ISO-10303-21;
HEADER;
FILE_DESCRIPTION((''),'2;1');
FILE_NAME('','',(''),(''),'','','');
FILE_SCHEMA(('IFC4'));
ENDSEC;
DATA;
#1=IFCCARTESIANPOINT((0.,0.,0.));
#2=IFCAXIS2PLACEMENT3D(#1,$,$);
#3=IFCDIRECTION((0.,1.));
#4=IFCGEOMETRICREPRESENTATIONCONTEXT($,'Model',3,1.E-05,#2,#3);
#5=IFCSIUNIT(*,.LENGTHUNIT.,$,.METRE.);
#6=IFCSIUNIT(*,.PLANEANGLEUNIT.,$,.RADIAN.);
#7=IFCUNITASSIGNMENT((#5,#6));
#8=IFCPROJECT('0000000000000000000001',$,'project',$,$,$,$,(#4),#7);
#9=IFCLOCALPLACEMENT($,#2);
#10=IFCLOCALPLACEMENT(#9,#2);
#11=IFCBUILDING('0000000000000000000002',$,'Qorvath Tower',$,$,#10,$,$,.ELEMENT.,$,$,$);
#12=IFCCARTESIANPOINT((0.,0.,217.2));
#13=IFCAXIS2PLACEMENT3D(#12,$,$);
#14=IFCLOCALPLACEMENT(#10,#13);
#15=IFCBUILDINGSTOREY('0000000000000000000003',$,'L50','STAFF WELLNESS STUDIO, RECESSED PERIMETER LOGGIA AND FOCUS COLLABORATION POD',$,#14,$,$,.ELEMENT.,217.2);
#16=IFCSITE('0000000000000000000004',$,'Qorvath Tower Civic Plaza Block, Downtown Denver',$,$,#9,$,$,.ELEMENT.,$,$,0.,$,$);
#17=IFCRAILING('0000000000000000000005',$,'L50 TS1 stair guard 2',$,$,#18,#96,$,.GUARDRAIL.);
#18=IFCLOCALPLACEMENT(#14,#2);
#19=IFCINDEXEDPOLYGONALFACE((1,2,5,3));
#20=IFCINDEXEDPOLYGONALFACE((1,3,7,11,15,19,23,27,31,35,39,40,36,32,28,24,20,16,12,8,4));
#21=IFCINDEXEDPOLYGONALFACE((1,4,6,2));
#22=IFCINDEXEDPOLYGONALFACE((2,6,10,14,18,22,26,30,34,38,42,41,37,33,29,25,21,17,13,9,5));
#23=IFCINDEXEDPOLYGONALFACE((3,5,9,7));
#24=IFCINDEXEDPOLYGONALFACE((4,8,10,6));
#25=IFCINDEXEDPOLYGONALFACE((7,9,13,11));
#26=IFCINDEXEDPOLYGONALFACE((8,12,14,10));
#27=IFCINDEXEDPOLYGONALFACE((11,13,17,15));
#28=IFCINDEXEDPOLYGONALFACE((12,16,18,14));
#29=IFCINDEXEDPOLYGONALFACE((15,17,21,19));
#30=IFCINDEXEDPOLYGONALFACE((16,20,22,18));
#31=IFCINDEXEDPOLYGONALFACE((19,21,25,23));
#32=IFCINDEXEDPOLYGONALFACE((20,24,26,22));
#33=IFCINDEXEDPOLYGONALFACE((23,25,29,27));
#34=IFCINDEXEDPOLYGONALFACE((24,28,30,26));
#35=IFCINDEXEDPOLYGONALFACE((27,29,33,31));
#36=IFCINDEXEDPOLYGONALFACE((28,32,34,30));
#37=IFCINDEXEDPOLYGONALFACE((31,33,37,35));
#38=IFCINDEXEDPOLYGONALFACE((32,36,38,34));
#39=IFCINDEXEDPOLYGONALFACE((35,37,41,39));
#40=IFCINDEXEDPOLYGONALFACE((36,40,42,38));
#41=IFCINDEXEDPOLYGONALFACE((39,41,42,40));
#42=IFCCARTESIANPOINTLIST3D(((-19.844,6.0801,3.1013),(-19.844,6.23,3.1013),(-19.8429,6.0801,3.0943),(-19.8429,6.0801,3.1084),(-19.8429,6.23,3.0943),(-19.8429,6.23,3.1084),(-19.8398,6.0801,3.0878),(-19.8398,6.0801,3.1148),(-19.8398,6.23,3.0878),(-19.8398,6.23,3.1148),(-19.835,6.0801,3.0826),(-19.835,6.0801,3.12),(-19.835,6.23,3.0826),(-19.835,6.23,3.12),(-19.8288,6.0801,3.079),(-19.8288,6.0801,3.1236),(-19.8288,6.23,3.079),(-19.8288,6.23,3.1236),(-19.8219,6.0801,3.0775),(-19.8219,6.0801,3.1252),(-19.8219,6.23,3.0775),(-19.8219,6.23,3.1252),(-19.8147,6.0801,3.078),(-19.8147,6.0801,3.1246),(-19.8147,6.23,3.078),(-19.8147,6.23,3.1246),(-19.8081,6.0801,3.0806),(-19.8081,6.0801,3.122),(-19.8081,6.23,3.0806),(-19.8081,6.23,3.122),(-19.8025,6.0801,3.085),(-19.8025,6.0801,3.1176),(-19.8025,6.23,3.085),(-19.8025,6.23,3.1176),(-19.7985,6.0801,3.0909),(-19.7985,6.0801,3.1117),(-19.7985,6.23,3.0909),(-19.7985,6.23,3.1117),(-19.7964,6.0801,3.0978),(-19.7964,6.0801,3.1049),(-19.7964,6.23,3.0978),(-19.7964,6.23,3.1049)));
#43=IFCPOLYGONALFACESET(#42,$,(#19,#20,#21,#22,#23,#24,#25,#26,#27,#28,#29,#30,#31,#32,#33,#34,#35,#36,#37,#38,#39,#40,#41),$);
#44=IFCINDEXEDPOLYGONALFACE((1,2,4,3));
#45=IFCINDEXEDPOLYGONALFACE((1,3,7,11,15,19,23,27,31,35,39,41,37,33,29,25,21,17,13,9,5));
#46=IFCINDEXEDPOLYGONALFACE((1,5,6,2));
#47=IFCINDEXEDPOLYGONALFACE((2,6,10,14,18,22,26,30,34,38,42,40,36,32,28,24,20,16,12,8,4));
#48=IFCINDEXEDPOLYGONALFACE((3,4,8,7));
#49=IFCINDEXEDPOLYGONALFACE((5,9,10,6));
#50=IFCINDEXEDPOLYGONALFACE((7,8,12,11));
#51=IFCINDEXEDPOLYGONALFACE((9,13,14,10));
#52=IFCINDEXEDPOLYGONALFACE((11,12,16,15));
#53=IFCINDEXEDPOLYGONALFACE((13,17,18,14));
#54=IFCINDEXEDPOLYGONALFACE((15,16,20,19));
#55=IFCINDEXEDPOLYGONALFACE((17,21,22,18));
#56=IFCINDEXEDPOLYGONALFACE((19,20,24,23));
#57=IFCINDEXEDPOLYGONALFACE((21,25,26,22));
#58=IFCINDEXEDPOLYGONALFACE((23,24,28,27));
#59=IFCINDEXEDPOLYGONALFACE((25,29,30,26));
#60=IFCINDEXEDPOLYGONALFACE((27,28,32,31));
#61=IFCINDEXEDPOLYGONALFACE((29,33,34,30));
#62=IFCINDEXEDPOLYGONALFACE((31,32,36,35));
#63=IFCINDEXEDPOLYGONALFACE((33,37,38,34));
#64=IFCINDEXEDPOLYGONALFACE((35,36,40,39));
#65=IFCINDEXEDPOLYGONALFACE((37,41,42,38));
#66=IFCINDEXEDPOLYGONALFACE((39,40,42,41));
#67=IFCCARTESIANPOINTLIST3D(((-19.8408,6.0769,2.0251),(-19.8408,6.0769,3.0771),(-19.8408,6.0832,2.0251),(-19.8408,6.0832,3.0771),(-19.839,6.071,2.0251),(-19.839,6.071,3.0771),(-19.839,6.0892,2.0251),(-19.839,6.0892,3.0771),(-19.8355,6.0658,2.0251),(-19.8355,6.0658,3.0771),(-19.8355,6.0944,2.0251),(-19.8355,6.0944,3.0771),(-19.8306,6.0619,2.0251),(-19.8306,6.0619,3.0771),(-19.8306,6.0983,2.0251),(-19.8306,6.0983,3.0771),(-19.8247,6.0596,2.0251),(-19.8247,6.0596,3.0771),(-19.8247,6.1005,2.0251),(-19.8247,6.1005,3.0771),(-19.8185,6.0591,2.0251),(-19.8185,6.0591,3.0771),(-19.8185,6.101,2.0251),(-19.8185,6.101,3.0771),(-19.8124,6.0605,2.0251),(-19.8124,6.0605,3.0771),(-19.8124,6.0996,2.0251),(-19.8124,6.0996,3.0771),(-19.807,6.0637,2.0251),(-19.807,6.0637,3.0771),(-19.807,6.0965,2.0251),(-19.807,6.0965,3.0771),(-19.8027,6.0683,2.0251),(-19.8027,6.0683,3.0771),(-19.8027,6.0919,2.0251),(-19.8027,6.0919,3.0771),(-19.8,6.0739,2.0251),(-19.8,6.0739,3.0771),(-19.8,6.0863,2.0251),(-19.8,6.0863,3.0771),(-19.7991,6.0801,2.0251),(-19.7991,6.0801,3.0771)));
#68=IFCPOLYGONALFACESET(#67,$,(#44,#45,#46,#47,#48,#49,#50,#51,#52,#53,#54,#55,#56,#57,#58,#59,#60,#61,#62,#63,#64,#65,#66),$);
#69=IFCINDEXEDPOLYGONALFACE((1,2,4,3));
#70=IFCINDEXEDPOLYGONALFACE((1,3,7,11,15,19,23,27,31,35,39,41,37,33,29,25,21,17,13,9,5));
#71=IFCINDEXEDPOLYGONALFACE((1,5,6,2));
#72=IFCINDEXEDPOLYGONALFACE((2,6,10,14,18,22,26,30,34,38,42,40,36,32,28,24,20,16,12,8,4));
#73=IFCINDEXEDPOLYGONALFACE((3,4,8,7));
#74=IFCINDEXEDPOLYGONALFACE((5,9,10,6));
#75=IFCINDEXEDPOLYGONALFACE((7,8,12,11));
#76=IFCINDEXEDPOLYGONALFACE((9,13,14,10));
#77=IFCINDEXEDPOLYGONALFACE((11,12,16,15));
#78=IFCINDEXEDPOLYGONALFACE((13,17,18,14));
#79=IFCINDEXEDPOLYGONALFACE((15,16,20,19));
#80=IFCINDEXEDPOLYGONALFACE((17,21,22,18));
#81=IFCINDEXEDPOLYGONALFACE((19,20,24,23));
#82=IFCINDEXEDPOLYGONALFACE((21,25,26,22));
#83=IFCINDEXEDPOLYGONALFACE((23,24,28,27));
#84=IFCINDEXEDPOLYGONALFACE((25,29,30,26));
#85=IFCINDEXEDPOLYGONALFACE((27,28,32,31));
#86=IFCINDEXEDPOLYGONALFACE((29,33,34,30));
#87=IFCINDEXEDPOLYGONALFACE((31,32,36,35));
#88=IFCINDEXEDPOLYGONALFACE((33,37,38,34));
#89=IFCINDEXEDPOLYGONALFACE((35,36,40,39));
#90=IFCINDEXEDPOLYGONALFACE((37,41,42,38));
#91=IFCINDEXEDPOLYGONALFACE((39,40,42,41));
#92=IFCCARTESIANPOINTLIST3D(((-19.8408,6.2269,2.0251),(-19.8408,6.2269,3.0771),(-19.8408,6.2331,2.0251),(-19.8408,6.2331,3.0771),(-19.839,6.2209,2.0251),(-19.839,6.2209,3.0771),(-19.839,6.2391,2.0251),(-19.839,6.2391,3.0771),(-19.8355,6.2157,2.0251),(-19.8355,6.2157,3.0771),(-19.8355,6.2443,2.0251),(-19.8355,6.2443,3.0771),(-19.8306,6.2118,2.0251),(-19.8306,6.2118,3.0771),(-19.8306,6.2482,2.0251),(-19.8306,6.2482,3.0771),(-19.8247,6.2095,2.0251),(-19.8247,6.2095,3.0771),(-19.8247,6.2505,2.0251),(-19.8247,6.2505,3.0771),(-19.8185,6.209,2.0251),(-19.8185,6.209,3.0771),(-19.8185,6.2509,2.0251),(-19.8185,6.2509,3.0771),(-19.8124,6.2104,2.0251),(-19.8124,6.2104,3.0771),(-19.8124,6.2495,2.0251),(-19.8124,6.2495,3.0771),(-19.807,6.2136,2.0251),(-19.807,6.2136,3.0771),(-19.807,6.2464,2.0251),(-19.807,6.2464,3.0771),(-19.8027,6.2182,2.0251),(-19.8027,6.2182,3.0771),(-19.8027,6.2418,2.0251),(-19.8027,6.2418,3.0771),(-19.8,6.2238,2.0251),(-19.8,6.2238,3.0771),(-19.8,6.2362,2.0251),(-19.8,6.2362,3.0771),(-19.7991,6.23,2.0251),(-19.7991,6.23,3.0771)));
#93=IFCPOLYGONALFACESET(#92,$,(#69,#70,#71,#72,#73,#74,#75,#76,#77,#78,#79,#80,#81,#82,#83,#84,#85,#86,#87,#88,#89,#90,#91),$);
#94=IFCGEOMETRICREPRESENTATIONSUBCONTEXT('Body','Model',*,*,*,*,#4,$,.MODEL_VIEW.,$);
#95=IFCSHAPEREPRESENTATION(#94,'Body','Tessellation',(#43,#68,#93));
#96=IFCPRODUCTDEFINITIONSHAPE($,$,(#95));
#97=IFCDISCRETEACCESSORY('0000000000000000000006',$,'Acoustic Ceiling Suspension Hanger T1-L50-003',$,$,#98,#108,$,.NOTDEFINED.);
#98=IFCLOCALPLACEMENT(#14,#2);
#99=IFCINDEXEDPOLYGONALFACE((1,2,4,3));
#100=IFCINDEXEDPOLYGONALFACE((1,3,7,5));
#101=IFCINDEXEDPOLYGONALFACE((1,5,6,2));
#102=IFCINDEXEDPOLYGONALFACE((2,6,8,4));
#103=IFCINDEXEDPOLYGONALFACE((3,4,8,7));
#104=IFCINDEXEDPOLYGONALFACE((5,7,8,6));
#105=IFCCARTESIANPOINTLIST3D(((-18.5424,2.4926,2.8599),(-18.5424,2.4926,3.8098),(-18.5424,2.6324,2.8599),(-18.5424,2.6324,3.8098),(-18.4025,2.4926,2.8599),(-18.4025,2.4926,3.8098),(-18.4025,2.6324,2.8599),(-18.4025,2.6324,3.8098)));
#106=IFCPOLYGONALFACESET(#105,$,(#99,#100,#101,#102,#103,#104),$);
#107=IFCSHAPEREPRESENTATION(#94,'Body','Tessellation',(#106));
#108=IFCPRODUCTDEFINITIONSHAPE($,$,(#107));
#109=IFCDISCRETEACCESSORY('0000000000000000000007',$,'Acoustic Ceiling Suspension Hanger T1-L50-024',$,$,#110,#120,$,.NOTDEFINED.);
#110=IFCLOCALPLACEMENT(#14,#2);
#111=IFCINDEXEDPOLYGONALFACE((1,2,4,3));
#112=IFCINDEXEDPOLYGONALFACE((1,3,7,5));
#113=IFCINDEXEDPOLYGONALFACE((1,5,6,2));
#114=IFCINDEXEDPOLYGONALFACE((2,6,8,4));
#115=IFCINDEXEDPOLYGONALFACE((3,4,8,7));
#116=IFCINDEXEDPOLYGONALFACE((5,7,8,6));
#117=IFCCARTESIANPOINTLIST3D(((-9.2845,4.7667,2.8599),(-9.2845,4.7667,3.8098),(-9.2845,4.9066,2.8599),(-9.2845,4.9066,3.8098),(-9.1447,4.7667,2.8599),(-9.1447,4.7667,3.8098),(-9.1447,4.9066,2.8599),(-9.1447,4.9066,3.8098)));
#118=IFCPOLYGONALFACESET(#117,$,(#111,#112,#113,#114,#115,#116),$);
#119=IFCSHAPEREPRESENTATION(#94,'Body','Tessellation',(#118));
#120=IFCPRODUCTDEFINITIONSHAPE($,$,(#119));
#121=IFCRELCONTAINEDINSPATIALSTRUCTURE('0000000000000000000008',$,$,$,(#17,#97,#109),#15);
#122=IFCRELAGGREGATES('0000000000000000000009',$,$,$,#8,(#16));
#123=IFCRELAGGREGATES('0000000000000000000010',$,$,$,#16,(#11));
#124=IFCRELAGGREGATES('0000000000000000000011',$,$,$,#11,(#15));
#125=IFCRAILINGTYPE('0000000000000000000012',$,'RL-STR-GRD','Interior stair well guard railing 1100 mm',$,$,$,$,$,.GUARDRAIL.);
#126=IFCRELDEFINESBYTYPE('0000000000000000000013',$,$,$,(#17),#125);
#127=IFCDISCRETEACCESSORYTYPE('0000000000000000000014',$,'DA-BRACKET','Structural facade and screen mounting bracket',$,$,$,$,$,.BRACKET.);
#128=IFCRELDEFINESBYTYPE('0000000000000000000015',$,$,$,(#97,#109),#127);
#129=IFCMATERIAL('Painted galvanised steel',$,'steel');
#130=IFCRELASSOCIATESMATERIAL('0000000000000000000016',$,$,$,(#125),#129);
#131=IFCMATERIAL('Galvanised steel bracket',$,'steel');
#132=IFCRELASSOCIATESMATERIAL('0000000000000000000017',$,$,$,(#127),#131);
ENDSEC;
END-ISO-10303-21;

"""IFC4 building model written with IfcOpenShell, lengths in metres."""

from ifc_helpers import new_model, si_unit, direction, frame, origin, origin_2d, place, context, subcontext, project, spatial, rectangle, circle, extrude, material, type_object, element, save


model = new_model("IFC4")

# Units and contexts
model_context = context("Model", 3, precision=1e-05, world=origin(), true_north=direction((0.0, 1.0)))
body_context = subcontext(model_context, "Body", "Model", "MODEL_VIEW")
ifc_project = project(units=[si_unit("LENGTHUNIT", "METRE"), si_unit("PLANEANGLEUNIT", "RADIAN")], contexts=[model_context])

# Site, building, storey
site_placement = place(None, origin())
site = spatial("IfcSite", under=ifc_project, at=site_placement, Name="Qorvath Tower Civic Plaza Block, Downtown Denver", CompositionType="ELEMENT", RefElevation=0.0)
building_placement = place(site_placement, origin())
building = spatial("IfcBuilding", under=site, at=building_placement, Name="Qorvath Tower", CompositionType="ELEMENT")
storey_placement = place(building_placement, frame((0.0, 0.0, 217.2)))
storey = spatial("IfcBuildingStorey", under=building, at=storey_placement, Name="L50", Description="STAFF WELLNESS STUDIO, RECESSED PERIMETER LOGGIA AND FOCUS COLLABORATION POD", CompositionType="ELEMENT", Elevation=217.2)

# Railing
ifc_material_1 = material(Name="Painted galvanised steel", Category="steel")
railing_type = type_object("IfcRailingType", Name="RL-STR-GRD", Description="Interior stair well guard railing 1100 mm", PredefinedType="GUARDRAIL", material=ifc_material_1)
railing_placement = place(storey_placement, frame((-19.8201, 6.0801, 2.0251)))
element("IfcRailing", 1, at=railing_placement, inside=storey, type_object=railing_type, Name="L50 TS1 stair guard 2", PredefinedType="GUARDRAIL", context=body_context, shape_type="SweptSolid", body=[
    extrude(circle(Radius=0.0239, at=origin_2d()), frame((0.0, 0.0, 1.0762), z_axis=(0.0, 1.0, 0.0), x_axis=(-1.0, 0.0, 0.0)), (0.0, 0.0, 1.0), 0.1499),
    extrude(circle(Radius=0.021, at=origin_2d()), origin(), (0.0, 0.0, 1.0), 1.052),
    extrude(circle(Radius=0.021, at=origin_2d()), frame((0.0, 0.1499, 0.0)), (0.0, 0.0, 1.0), 1.052),
])

# Discrete accessories
ifc_material_2 = material(Name="Galvanised steel bracket", Category="steel")
discrete_accessory_type = type_object("IfcDiscreteAccessoryType", Name="DA-BRACKET", Description="Structural facade and screen mounting bracket", PredefinedType="BRACKET", material=ifc_material_2)
for number, where, z_axis, x_axis, name in (
    (2, (-18.4724, 2.5625, 2.8599), (0.0, 0.0, 1.0), (1.0, 0.0, 0.0), "Acoustic Ceiling Suspension Hanger T1-L50-003"),
    (3, (-9.2146, 4.8367, 2.8599), (0.0, 0.0, 1.0), (1.0, 0.0, 0.0), "Acoustic Ceiling Suspension Hanger T1-L50-024"),
):
    element("IfcDiscreteAccessory", number, at=place(storey_placement, frame(where, z_axis=z_axis, x_axis=x_axis)), inside=storey, type_object=discrete_accessory_type, Name=name, PredefinedType="NOTDEFINED", context=body_context, shape_type="SweptSolid", body=[
        extrude(rectangle(XDim=0.1399, YDim=0.1399, at=origin_2d()), origin(), (0.0, 0.0, 1.0), 0.95),
    ])

save(model, "model.ifc")
